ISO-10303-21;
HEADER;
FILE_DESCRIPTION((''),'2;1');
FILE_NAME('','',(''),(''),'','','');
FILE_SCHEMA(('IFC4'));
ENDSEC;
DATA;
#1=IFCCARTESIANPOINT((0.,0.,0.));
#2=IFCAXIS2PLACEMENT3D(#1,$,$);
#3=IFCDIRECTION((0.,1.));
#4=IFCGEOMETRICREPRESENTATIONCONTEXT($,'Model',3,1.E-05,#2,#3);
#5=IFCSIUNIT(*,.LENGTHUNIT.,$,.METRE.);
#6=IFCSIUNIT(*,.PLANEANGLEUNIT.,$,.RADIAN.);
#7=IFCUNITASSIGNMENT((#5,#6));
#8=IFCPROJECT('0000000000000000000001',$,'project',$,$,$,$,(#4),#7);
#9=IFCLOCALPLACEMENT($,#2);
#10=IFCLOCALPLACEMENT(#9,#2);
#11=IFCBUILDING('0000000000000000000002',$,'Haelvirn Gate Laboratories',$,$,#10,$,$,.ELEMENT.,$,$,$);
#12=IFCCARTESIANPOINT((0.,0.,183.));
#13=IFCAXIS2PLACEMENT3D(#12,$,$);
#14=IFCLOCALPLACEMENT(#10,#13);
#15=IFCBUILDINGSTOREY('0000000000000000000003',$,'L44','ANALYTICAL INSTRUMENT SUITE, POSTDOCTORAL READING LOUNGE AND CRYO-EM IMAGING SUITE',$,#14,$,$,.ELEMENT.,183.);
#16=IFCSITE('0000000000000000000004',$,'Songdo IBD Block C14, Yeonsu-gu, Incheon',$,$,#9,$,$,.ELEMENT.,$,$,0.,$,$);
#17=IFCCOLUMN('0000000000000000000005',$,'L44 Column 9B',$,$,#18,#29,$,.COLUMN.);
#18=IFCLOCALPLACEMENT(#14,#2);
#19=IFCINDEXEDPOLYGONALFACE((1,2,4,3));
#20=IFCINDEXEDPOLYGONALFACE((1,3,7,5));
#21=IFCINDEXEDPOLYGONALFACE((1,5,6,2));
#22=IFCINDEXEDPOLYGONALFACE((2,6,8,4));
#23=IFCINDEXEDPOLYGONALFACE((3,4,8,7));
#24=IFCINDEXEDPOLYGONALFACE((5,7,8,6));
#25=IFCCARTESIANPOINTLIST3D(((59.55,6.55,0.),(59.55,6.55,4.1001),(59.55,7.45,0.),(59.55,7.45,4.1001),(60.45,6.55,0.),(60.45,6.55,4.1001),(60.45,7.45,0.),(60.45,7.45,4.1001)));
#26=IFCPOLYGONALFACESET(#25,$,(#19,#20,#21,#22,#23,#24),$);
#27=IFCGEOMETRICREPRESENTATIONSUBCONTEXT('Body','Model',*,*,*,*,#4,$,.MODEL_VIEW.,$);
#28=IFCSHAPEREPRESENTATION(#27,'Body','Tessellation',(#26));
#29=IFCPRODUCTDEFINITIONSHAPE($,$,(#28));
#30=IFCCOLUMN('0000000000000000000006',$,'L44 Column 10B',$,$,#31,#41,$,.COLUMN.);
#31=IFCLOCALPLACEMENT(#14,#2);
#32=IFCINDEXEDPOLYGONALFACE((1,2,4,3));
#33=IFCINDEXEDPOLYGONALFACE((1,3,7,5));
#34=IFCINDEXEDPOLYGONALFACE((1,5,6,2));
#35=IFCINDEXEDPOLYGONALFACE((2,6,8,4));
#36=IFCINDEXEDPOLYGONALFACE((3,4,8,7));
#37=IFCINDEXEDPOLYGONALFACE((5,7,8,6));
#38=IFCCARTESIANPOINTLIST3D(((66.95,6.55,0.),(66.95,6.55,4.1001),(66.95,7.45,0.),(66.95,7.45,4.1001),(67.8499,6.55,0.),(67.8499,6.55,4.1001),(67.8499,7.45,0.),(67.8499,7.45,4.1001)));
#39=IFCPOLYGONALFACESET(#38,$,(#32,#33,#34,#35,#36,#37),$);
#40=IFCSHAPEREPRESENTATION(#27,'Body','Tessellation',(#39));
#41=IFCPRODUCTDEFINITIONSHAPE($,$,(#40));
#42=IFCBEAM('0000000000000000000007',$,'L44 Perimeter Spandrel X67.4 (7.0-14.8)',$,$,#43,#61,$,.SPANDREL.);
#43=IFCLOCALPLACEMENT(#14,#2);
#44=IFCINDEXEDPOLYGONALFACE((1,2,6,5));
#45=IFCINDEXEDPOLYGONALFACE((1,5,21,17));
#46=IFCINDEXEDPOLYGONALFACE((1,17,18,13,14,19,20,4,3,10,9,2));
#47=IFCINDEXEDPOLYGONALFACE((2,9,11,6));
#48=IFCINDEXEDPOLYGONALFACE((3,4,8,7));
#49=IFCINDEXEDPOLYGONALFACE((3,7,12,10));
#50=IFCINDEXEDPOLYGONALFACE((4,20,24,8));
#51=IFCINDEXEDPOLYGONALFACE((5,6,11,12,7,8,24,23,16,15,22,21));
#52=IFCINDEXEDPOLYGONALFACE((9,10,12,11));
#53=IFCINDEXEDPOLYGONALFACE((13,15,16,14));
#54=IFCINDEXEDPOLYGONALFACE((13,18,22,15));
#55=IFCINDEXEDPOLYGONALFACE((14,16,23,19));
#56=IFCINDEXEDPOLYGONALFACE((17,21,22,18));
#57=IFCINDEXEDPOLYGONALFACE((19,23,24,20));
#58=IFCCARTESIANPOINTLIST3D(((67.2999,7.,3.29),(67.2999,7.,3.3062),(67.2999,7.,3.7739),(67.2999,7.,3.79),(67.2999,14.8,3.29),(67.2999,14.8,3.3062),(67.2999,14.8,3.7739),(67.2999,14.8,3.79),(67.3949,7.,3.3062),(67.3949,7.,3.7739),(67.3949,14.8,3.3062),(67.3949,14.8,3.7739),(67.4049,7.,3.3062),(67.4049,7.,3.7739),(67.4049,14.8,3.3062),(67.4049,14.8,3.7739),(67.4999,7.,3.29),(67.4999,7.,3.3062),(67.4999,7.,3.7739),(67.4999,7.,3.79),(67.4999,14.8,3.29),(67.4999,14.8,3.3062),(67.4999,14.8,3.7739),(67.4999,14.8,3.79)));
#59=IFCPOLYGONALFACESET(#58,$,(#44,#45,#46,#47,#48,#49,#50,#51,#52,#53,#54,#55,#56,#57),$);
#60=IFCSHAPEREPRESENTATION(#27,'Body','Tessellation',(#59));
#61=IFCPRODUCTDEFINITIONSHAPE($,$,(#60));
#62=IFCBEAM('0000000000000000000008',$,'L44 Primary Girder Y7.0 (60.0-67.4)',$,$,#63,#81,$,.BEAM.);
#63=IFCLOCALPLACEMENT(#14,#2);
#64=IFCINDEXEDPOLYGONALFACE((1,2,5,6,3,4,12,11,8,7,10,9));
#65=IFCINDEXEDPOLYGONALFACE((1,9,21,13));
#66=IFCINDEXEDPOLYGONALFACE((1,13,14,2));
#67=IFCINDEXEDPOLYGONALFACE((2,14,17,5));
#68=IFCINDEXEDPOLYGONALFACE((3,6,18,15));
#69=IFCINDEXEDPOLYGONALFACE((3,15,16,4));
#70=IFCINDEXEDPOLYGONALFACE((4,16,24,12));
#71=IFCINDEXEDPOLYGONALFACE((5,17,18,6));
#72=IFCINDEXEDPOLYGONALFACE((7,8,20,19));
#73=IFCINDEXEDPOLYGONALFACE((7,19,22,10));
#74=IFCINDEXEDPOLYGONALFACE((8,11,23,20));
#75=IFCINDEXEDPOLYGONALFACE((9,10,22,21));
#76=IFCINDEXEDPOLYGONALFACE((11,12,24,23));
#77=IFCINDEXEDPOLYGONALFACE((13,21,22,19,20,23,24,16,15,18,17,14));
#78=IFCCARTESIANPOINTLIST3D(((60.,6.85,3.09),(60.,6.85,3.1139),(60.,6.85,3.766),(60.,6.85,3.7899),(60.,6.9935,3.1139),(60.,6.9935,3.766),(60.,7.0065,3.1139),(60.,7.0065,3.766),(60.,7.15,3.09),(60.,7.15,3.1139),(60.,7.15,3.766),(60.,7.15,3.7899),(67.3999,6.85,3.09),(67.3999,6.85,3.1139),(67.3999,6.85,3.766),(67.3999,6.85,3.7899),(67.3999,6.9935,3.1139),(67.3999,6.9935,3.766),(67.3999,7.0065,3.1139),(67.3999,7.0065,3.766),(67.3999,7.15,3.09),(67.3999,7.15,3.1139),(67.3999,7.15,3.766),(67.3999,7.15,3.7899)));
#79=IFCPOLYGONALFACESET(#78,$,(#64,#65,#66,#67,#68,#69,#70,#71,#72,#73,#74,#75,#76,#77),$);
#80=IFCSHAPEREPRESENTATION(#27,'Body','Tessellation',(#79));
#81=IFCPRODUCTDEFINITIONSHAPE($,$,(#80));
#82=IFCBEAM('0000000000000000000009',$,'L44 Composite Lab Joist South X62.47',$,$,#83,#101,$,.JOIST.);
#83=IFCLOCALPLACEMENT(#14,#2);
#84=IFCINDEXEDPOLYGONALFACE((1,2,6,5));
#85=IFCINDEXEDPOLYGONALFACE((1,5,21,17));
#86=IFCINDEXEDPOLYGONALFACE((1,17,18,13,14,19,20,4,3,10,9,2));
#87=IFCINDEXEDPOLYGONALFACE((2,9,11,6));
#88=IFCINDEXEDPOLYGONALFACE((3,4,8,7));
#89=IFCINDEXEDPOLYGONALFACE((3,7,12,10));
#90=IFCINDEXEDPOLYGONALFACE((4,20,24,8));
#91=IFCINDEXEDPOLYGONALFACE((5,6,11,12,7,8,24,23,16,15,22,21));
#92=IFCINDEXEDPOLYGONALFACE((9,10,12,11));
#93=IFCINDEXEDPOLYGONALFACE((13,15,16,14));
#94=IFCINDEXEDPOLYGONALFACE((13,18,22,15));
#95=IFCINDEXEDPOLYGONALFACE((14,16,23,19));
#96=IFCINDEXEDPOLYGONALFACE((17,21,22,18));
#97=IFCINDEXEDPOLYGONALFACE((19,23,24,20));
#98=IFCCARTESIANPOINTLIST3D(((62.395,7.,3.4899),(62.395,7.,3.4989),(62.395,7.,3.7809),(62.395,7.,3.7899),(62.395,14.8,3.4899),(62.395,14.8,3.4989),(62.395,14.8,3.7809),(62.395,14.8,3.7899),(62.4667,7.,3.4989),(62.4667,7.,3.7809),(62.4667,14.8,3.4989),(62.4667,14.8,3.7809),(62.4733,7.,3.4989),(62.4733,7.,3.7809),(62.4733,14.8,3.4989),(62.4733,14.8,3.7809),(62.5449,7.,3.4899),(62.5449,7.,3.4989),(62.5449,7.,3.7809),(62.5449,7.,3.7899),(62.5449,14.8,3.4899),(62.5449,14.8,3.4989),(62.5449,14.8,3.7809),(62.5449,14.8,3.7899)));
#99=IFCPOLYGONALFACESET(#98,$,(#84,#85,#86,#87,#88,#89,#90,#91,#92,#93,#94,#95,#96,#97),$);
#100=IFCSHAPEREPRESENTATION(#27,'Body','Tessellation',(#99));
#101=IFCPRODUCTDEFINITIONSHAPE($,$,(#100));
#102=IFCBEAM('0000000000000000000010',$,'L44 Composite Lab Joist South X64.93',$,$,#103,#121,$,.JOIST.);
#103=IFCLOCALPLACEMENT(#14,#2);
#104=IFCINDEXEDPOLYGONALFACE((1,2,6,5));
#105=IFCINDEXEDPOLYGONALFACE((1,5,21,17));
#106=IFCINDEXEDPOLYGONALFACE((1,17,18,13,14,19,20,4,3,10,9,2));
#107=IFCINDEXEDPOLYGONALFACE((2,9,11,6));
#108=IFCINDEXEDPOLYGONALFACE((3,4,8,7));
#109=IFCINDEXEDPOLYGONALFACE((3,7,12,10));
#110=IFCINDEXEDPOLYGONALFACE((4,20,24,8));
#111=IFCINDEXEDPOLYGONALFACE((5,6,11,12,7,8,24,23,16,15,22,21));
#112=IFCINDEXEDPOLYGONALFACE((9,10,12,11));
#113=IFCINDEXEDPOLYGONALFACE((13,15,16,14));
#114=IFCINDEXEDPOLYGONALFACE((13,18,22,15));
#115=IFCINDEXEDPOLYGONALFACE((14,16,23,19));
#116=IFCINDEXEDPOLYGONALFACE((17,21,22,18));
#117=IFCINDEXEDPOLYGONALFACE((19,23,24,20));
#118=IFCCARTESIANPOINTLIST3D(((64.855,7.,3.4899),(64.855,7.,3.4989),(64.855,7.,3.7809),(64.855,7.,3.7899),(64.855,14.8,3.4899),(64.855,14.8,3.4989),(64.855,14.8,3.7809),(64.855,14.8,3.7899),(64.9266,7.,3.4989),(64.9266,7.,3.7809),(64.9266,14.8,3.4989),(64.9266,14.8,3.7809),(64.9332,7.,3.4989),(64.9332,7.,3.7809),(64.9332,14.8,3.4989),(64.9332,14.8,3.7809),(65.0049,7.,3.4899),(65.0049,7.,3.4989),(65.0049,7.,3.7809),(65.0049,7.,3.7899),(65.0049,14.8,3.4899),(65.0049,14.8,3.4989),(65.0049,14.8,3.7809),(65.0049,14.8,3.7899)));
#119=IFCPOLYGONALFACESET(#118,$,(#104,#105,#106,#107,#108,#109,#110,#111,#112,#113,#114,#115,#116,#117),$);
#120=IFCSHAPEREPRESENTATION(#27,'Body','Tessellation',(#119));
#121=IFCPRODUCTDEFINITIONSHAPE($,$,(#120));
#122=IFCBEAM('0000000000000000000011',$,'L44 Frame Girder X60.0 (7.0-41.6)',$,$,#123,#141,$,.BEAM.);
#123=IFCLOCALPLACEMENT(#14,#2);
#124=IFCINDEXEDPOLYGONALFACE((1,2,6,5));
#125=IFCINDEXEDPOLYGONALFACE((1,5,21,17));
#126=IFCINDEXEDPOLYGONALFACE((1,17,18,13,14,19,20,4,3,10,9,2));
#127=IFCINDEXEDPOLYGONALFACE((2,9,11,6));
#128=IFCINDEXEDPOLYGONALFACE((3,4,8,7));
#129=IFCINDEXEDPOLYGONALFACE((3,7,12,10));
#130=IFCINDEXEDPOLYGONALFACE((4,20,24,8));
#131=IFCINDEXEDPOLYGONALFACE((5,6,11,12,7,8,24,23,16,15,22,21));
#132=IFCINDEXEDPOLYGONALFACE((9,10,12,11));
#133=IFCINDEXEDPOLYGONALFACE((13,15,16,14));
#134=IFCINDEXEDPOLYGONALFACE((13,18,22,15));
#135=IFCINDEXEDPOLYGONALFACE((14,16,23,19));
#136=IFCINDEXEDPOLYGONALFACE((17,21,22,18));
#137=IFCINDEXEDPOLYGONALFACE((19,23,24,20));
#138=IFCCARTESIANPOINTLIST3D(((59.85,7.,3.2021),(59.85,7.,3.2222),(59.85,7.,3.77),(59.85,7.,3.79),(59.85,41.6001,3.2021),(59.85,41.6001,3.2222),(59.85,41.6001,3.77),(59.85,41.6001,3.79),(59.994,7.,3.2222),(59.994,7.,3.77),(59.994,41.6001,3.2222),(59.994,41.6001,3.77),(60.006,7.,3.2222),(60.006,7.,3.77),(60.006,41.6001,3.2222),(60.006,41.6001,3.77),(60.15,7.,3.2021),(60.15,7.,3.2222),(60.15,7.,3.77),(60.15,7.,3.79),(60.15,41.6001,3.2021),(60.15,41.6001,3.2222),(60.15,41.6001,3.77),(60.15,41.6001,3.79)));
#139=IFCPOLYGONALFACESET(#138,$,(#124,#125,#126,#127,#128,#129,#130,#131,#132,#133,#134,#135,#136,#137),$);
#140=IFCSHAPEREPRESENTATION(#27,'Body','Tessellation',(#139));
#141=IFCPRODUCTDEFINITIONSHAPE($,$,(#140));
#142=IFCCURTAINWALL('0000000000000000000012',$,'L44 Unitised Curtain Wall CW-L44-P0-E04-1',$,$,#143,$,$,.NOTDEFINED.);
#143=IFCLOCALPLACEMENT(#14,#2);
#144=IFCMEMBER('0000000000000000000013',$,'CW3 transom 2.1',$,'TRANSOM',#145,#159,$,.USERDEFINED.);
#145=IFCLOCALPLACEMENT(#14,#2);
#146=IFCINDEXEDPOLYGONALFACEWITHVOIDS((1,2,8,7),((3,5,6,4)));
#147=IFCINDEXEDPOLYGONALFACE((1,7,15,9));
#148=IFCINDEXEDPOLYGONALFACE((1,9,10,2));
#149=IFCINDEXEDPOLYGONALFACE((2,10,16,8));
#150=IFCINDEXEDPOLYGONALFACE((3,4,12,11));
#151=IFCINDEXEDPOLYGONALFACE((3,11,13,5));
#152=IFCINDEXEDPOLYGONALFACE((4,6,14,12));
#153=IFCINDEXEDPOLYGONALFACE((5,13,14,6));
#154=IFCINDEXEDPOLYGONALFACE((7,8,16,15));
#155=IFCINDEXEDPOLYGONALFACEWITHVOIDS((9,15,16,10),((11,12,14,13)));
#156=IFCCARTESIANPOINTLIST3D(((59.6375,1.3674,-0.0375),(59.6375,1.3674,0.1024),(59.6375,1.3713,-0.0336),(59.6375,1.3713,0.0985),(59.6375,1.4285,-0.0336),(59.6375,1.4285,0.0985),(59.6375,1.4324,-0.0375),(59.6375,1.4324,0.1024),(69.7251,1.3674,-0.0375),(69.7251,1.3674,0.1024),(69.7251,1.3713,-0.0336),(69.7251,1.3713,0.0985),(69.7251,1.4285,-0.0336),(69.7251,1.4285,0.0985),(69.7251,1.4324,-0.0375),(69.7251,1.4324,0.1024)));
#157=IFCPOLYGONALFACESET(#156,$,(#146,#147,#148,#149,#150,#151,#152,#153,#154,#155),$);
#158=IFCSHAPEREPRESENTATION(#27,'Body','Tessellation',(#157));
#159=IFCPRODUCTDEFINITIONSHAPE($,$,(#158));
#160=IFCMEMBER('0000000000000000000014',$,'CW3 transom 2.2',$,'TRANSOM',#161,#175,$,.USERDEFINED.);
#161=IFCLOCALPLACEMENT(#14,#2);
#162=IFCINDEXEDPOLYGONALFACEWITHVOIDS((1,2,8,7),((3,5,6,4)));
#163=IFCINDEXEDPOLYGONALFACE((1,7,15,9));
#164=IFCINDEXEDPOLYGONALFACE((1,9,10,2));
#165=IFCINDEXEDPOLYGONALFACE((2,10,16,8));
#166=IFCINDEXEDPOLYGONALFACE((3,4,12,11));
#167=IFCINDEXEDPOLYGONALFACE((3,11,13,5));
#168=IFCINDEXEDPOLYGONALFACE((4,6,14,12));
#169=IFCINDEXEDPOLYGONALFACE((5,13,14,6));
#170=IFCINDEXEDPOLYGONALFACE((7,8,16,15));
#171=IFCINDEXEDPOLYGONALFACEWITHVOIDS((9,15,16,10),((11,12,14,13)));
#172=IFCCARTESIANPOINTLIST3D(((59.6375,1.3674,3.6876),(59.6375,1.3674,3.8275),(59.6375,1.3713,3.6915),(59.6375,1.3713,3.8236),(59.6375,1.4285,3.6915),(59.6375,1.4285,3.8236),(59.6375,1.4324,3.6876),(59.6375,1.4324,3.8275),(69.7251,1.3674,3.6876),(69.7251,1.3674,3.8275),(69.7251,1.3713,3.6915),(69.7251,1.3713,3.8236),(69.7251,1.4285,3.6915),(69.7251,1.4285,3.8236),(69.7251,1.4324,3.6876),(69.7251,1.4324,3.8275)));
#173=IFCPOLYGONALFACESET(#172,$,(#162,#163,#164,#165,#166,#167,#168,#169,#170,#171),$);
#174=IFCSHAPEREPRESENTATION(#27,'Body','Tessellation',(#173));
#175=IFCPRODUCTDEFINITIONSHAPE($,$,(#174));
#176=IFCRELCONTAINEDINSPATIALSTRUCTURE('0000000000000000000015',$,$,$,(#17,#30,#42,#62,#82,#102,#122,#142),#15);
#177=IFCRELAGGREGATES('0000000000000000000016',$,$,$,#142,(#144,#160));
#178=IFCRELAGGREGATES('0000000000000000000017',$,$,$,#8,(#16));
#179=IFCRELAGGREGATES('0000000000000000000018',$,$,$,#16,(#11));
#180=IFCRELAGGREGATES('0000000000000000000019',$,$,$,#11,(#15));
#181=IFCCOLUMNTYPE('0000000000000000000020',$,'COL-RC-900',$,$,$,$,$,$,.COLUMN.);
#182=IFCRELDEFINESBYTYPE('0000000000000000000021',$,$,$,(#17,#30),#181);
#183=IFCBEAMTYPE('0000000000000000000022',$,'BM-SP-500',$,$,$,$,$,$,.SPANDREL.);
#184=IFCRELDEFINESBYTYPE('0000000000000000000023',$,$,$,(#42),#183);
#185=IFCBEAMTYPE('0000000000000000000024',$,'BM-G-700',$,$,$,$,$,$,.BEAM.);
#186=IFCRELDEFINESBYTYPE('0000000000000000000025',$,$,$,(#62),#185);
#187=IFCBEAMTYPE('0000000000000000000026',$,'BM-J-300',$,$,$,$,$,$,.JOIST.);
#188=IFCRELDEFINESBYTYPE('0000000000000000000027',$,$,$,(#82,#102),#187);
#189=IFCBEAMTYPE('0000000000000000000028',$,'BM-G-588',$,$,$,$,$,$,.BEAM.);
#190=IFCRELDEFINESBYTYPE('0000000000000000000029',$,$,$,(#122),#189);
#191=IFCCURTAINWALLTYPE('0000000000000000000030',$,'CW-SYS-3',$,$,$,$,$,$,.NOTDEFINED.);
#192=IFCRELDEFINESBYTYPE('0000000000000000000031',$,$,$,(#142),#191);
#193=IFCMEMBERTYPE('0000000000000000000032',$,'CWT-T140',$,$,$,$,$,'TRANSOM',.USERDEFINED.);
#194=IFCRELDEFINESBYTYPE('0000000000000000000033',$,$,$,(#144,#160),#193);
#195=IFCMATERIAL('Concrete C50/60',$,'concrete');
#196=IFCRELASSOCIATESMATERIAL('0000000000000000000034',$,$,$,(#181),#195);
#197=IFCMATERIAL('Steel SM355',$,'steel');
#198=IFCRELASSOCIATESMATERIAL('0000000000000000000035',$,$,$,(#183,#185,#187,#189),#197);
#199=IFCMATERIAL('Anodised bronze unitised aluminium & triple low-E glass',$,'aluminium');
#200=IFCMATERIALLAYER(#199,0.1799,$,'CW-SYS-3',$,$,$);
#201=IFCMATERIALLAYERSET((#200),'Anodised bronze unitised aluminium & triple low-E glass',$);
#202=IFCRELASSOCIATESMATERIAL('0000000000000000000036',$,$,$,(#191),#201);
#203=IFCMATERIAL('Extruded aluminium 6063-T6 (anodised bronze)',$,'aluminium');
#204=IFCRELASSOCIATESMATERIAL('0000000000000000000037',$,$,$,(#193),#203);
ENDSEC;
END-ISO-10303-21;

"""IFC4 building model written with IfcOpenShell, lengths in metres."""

from ifc_helpers import new_model, si_unit, direction, frame, origin, origin_2d, place, context, subcontext, project, spatial, rectangle, hollow_rectangle, i_section, extrude, source, transform, mapped, material, layer, layer_set, material_profile, profile_set, type_object, type_shapes, element, aggregate, save


model = new_model("IFC4")

# Units and contexts
model_context = context("Model", 3, precision=1e-05, world=origin(), true_north=direction((0.0, 1.0)))
body_context = subcontext(model_context, "Body", "Model", "MODEL_VIEW")
ifc_project = project(units=[si_unit("LENGTHUNIT", "METRE"), si_unit("PLANEANGLEUNIT", "RADIAN")], contexts=[model_context])

# Site, building, storey
site_placement = place(None, origin())
site = spatial("IfcSite", under=ifc_project, at=site_placement, Name="Songdo IBD Block C14, Yeonsu-gu, Incheon", CompositionType="ELEMENT", RefElevation=0.0)
building_placement = place(site_placement, origin())
building = spatial("IfcBuilding", under=site, at=building_placement, Name="Haelvirn Gate Laboratories", CompositionType="ELEMENT")
storey_placement = place(building_placement, frame((0.0, 0.0, 183.0)))
storey = spatial("IfcBuildingStorey", under=building, at=storey_placement, Name="L44", Description="ANALYTICAL INSTRUMENT SUITE, POSTDOCTORAL READING LOUNGE AND CRYO-EM IMAGING SUITE", CompositionType="ELEMENT", Elevation=183.0)

# Columns
ifc_material_1 = material(Name="Concrete C50/60", Category="concrete")
ifc_material_profile_1 = material_profile(ifc_material_1, rectangle(XDim=0.8999, YDim=0.8999, at=origin_2d()), Name="RC-900x900")
ifc_profile_set_1 = profile_set([ifc_material_profile_1], Name="Concrete C50/60")
column_type = type_object("IfcColumnType", Name="COL-RC-900", PredefinedType="COLUMN", material=ifc_profile_set_1)
shared_shape_1 = source(origin(), body_context, "Body", "SweptSolid", [
    extrude(rectangle(XDim=0.8999, YDim=0.8999, at=origin_2d()), origin(), (0.0, 0.0, 1.0), 4.1001),
])
type_shapes(column_type, [shared_shape_1])
for number, where, z_axis, x_axis, name in (
    (1, (60.0, 7.0, 0.0), (0.0, 0.0, 1.0), (1.0, 0.0, 0.0), "L44 Column 9B"),
    (2, (67.3999, 7.0, 0.0), (0.0, 0.0, 1.0), (1.0, 0.0, 0.0), "L44 Column 10B"),
):
    element("IfcColumn", number, at=place(storey_placement, frame(where, z_axis=z_axis, x_axis=x_axis)), inside=storey, type_object=column_type, Name=name, PredefinedType="COLUMN", context=body_context, shape_type="MappedRepresentation", body=[
        mapped(shared_shape_1, transform((0.0, 0.0, 0.0), scale=1.0)),
    ])

# Beams
ifc_material_2 = material(Name="Steel SM355", Category="steel")
ifc_material_profile_2 = material_profile(ifc_material_2, i_section(OverallWidth=0.2, OverallDepth=0.5, WebThickness=0.01, FlangeThickness=0.0161, at=origin_2d()), Name="H-500x200x10x16")
ifc_profile_set_2 = profile_set([ifc_material_profile_2], Name="Steel SM355")
beam_type_1 = type_object("IfcBeamType", Name="BM-SP-500", PredefinedType="SPANDREL", material=ifc_profile_set_2)
shared_shape_2 = source(origin(), body_context, "Body", "SweptSolid", [
    extrude(i_section(OverallWidth=0.2, OverallDepth=0.5, WebThickness=0.01, FlangeThickness=0.0161, at=origin_2d()), origin(), (0.0, 0.0, 1.0), 7.8),
])
type_shapes(beam_type_1, [shared_shape_2])
beam_1_placement = place(storey_placement, frame((67.3999, 7.0, 3.54), z_axis=(0.0, 1.0, 0.0), x_axis=(-1.0, 0.0, 0.0)))
element("IfcBeam", 3, at=beam_1_placement, inside=storey, type_object=beam_type_1, Name="L44 Perimeter Spandrel X67.4 (7.0-14.8)", PredefinedType="SPANDREL", context=body_context, shape_type="MappedRepresentation", body=[
    mapped(shared_shape_2, transform((0.0, 0.0, 0.0), scale=1.0)),
])
ifc_material_profile_3 = material_profile(ifc_material_2, i_section(OverallWidth=0.3, OverallDepth=0.7, WebThickness=0.0129, FlangeThickness=0.0239, at=origin_2d()), Name="H-700x300x13x24")
ifc_profile_set_3 = profile_set([ifc_material_profile_3], Name="Steel SM355")
beam_type_2 = type_object("IfcBeamType", Name="BM-G-700", PredefinedType="BEAM", material=ifc_profile_set_3)
shared_shape_3 = source(origin(), body_context, "Body", "SweptSolid", [
    extrude(i_section(OverallWidth=0.3, OverallDepth=0.7, WebThickness=0.0129, FlangeThickness=0.0239, at=origin_2d()), origin(), (0.0, 0.0, 1.0), 7.3999),
])
type_shapes(beam_type_2, [shared_shape_3])
beam_2_placement = place(storey_placement, frame((60.0, 7.0, 3.4399), z_axis=(1.0, 0.0, 0.0), x_axis=(0.0, 1.0, 0.0)))
element("IfcBeam", 4, at=beam_2_placement, inside=storey, type_object=beam_type_2, Name="L44 Primary Girder Y7.0 (60.0-67.4)", PredefinedType="BEAM", context=body_context, shape_type="MappedRepresentation", body=[
    mapped(shared_shape_3, transform((0.0, 0.0, 0.0), scale=1.0)),
])
ifc_material_profile_4 = material_profile(ifc_material_2, i_section(OverallWidth=0.1499, OverallDepth=0.3, WebThickness=0.0066, FlangeThickness=0.009, at=origin_2d()), Name="H-300x150x6.5x9")
ifc_profile_set_4 = profile_set([ifc_material_profile_4], Name="Steel SM355")
beam_type_3 = type_object("IfcBeamType", Name="BM-J-300", PredefinedType="JOIST", material=ifc_profile_set_4)
shared_shape_4 = source(origin(), body_context, "Body", "SweptSolid", [
    extrude(i_section(OverallWidth=0.1499, OverallDepth=0.3, WebThickness=0.0066, FlangeThickness=0.009, at=origin_2d()), origin(), (0.0, 0.0, 1.0), 7.8),
])
type_shapes(beam_type_3, [shared_shape_4])
for number, where, z_axis, x_axis, name in (
    (5, (62.47, 7.0, 3.6399), (0.0, 1.0, 0.0), (-1.0, 0.0, 0.0), "L44 Composite Lab Joist South X62.47"),
    (6, (64.9299, 7.0, 3.6399), (0.0, 1.0, 0.0), (-1.0, 0.0, 0.0), "L44 Composite Lab Joist South X64.93"),
):
    element("IfcBeam", number, at=place(storey_placement, frame(where, z_axis=z_axis, x_axis=x_axis)), inside=storey, type_object=beam_type_3, Name=name, PredefinedType="JOIST", context=body_context, shape_type="MappedRepresentation", body=[
        mapped(shared_shape_4, transform((0.0, 0.0, 0.0), scale=1.0)),
    ])
ifc_material_profile_5 = material_profile(ifc_material_2, i_section(OverallWidth=0.3, OverallDepth=0.5879, WebThickness=0.012, FlangeThickness=0.02, at=origin_2d()), Name="H-588x300x12x20")
ifc_profile_set_5 = profile_set([ifc_material_profile_5], Name="Steel SM355")
beam_type_4 = type_object("IfcBeamType", Name="BM-G-588", PredefinedType="BEAM", material=ifc_profile_set_5)
shared_shape_5 = source(origin(), body_context, "Body", "SweptSolid", [
    extrude(i_section(OverallWidth=0.3, OverallDepth=0.5879, WebThickness=0.012, FlangeThickness=0.02, at=origin_2d()), origin(), (0.0, 0.0, 1.0), 34.6001),
])
type_shapes(beam_type_4, [shared_shape_5])
beam_3_placement = place(storey_placement, frame((60.0, 7.0, 3.4961), z_axis=(0.0, 1.0, 0.0), x_axis=(-1.0, 0.0, 0.0)))
element("IfcBeam", 7, at=beam_3_placement, inside=storey, type_object=beam_type_4, Name="L44 Frame Girder X60.0 (7.0-41.6)", PredefinedType="BEAM", context=body_context, shape_type="MappedRepresentation", body=[
    mapped(shared_shape_5, transform((0.0, 0.0, 0.0), scale=1.0)),
])

# Curtain wall, members
ifc_material_3 = material(Name="Anodised bronze unitised aluminium & triple low-E glass", Category="aluminium")
ifc_layer_1 = layer(ifc_material_3, 0.1799, Name="CW-SYS-3")
ifc_layer_set_1 = layer_set([ifc_layer_1], Name="Anodised bronze unitised aluminium & triple low-E glass")
curtain_wall_type_1 = type_object("IfcCurtainWallType", Name="CW-SYS-3", PredefinedType="NOTDEFINED", material=ifc_layer_set_1)
curtain_wall_1_placement = place(storey_placement, origin())
curtain_wall_1 = element("IfcCurtainWall", 8, at=curtain_wall_1_placement, inside=storey, type_object=curtain_wall_type_1, Name="L44 Unitised Curtain Wall CW-L44-P0-E04-1", PredefinedType="NOTDEFINED")
ifc_material_4 = material(Name="Extruded aluminium 6063-T6 (anodised bronze)", Category="aluminium")
ifc_material_profile_6 = material_profile(ifc_material_4, hollow_rectangle(XDim=0.0649, YDim=0.1399, WallThickness=0.0039, at=origin_2d()), Name="CWT-140x65x4")
ifc_profile_set_6 = profile_set([ifc_material_profile_6], Name="Extruded aluminium 6063-T6 (anodised bronze)")
member_type_1 = type_object("IfcMemberType", Name="CWT-T140", ElementType="TRANSOM", PredefinedType="USERDEFINED", material=ifc_profile_set_6)
shared_shape_6 = source(origin(), body_context, "Body", "SweptSolid", [
    extrude(hollow_rectangle(XDim=0.0649, YDim=0.1399, WallThickness=0.0039, at=origin_2d()), origin(), (0.0, 0.0, 1.0), 10.0876),
])
member_1_placement = place(storey_placement, frame((59.6375, 1.3999, 0.0325), z_axis=(1.0, 0.0, 0.0), x_axis=(0.0, 1.0, 0.0)))
member_1 = element("IfcMember", 9, at=member_1_placement, type_object=member_type_1, Name="CW3 transom 2.1", ObjectType="TRANSOM", PredefinedType="USERDEFINED", context=body_context, shape_type="MappedRepresentation", body=[
    mapped(shared_shape_6, transform((0.0, 0.0, 0.0), scale=1.0)),
])
member_2_placement = place(storey_placement, frame((59.6375, 1.3999, 3.7576), z_axis=(1.0, 0.0, 0.0), x_axis=(0.0, 1.0, 0.0)))
member_2 = element("IfcMember", 10, at=member_2_placement, type_object=member_type_1, Name="CW3 transom 2.2", ObjectType="TRANSOM", PredefinedType="USERDEFINED", context=body_context, shape_type="MappedRepresentation", body=[
    mapped(shared_shape_6, transform((0.0, 0.0, 0.0), scale=1.0)),
])

aggregate(curtain_wall_1, [member_1, member_2])

save(model, "model.ifc")
